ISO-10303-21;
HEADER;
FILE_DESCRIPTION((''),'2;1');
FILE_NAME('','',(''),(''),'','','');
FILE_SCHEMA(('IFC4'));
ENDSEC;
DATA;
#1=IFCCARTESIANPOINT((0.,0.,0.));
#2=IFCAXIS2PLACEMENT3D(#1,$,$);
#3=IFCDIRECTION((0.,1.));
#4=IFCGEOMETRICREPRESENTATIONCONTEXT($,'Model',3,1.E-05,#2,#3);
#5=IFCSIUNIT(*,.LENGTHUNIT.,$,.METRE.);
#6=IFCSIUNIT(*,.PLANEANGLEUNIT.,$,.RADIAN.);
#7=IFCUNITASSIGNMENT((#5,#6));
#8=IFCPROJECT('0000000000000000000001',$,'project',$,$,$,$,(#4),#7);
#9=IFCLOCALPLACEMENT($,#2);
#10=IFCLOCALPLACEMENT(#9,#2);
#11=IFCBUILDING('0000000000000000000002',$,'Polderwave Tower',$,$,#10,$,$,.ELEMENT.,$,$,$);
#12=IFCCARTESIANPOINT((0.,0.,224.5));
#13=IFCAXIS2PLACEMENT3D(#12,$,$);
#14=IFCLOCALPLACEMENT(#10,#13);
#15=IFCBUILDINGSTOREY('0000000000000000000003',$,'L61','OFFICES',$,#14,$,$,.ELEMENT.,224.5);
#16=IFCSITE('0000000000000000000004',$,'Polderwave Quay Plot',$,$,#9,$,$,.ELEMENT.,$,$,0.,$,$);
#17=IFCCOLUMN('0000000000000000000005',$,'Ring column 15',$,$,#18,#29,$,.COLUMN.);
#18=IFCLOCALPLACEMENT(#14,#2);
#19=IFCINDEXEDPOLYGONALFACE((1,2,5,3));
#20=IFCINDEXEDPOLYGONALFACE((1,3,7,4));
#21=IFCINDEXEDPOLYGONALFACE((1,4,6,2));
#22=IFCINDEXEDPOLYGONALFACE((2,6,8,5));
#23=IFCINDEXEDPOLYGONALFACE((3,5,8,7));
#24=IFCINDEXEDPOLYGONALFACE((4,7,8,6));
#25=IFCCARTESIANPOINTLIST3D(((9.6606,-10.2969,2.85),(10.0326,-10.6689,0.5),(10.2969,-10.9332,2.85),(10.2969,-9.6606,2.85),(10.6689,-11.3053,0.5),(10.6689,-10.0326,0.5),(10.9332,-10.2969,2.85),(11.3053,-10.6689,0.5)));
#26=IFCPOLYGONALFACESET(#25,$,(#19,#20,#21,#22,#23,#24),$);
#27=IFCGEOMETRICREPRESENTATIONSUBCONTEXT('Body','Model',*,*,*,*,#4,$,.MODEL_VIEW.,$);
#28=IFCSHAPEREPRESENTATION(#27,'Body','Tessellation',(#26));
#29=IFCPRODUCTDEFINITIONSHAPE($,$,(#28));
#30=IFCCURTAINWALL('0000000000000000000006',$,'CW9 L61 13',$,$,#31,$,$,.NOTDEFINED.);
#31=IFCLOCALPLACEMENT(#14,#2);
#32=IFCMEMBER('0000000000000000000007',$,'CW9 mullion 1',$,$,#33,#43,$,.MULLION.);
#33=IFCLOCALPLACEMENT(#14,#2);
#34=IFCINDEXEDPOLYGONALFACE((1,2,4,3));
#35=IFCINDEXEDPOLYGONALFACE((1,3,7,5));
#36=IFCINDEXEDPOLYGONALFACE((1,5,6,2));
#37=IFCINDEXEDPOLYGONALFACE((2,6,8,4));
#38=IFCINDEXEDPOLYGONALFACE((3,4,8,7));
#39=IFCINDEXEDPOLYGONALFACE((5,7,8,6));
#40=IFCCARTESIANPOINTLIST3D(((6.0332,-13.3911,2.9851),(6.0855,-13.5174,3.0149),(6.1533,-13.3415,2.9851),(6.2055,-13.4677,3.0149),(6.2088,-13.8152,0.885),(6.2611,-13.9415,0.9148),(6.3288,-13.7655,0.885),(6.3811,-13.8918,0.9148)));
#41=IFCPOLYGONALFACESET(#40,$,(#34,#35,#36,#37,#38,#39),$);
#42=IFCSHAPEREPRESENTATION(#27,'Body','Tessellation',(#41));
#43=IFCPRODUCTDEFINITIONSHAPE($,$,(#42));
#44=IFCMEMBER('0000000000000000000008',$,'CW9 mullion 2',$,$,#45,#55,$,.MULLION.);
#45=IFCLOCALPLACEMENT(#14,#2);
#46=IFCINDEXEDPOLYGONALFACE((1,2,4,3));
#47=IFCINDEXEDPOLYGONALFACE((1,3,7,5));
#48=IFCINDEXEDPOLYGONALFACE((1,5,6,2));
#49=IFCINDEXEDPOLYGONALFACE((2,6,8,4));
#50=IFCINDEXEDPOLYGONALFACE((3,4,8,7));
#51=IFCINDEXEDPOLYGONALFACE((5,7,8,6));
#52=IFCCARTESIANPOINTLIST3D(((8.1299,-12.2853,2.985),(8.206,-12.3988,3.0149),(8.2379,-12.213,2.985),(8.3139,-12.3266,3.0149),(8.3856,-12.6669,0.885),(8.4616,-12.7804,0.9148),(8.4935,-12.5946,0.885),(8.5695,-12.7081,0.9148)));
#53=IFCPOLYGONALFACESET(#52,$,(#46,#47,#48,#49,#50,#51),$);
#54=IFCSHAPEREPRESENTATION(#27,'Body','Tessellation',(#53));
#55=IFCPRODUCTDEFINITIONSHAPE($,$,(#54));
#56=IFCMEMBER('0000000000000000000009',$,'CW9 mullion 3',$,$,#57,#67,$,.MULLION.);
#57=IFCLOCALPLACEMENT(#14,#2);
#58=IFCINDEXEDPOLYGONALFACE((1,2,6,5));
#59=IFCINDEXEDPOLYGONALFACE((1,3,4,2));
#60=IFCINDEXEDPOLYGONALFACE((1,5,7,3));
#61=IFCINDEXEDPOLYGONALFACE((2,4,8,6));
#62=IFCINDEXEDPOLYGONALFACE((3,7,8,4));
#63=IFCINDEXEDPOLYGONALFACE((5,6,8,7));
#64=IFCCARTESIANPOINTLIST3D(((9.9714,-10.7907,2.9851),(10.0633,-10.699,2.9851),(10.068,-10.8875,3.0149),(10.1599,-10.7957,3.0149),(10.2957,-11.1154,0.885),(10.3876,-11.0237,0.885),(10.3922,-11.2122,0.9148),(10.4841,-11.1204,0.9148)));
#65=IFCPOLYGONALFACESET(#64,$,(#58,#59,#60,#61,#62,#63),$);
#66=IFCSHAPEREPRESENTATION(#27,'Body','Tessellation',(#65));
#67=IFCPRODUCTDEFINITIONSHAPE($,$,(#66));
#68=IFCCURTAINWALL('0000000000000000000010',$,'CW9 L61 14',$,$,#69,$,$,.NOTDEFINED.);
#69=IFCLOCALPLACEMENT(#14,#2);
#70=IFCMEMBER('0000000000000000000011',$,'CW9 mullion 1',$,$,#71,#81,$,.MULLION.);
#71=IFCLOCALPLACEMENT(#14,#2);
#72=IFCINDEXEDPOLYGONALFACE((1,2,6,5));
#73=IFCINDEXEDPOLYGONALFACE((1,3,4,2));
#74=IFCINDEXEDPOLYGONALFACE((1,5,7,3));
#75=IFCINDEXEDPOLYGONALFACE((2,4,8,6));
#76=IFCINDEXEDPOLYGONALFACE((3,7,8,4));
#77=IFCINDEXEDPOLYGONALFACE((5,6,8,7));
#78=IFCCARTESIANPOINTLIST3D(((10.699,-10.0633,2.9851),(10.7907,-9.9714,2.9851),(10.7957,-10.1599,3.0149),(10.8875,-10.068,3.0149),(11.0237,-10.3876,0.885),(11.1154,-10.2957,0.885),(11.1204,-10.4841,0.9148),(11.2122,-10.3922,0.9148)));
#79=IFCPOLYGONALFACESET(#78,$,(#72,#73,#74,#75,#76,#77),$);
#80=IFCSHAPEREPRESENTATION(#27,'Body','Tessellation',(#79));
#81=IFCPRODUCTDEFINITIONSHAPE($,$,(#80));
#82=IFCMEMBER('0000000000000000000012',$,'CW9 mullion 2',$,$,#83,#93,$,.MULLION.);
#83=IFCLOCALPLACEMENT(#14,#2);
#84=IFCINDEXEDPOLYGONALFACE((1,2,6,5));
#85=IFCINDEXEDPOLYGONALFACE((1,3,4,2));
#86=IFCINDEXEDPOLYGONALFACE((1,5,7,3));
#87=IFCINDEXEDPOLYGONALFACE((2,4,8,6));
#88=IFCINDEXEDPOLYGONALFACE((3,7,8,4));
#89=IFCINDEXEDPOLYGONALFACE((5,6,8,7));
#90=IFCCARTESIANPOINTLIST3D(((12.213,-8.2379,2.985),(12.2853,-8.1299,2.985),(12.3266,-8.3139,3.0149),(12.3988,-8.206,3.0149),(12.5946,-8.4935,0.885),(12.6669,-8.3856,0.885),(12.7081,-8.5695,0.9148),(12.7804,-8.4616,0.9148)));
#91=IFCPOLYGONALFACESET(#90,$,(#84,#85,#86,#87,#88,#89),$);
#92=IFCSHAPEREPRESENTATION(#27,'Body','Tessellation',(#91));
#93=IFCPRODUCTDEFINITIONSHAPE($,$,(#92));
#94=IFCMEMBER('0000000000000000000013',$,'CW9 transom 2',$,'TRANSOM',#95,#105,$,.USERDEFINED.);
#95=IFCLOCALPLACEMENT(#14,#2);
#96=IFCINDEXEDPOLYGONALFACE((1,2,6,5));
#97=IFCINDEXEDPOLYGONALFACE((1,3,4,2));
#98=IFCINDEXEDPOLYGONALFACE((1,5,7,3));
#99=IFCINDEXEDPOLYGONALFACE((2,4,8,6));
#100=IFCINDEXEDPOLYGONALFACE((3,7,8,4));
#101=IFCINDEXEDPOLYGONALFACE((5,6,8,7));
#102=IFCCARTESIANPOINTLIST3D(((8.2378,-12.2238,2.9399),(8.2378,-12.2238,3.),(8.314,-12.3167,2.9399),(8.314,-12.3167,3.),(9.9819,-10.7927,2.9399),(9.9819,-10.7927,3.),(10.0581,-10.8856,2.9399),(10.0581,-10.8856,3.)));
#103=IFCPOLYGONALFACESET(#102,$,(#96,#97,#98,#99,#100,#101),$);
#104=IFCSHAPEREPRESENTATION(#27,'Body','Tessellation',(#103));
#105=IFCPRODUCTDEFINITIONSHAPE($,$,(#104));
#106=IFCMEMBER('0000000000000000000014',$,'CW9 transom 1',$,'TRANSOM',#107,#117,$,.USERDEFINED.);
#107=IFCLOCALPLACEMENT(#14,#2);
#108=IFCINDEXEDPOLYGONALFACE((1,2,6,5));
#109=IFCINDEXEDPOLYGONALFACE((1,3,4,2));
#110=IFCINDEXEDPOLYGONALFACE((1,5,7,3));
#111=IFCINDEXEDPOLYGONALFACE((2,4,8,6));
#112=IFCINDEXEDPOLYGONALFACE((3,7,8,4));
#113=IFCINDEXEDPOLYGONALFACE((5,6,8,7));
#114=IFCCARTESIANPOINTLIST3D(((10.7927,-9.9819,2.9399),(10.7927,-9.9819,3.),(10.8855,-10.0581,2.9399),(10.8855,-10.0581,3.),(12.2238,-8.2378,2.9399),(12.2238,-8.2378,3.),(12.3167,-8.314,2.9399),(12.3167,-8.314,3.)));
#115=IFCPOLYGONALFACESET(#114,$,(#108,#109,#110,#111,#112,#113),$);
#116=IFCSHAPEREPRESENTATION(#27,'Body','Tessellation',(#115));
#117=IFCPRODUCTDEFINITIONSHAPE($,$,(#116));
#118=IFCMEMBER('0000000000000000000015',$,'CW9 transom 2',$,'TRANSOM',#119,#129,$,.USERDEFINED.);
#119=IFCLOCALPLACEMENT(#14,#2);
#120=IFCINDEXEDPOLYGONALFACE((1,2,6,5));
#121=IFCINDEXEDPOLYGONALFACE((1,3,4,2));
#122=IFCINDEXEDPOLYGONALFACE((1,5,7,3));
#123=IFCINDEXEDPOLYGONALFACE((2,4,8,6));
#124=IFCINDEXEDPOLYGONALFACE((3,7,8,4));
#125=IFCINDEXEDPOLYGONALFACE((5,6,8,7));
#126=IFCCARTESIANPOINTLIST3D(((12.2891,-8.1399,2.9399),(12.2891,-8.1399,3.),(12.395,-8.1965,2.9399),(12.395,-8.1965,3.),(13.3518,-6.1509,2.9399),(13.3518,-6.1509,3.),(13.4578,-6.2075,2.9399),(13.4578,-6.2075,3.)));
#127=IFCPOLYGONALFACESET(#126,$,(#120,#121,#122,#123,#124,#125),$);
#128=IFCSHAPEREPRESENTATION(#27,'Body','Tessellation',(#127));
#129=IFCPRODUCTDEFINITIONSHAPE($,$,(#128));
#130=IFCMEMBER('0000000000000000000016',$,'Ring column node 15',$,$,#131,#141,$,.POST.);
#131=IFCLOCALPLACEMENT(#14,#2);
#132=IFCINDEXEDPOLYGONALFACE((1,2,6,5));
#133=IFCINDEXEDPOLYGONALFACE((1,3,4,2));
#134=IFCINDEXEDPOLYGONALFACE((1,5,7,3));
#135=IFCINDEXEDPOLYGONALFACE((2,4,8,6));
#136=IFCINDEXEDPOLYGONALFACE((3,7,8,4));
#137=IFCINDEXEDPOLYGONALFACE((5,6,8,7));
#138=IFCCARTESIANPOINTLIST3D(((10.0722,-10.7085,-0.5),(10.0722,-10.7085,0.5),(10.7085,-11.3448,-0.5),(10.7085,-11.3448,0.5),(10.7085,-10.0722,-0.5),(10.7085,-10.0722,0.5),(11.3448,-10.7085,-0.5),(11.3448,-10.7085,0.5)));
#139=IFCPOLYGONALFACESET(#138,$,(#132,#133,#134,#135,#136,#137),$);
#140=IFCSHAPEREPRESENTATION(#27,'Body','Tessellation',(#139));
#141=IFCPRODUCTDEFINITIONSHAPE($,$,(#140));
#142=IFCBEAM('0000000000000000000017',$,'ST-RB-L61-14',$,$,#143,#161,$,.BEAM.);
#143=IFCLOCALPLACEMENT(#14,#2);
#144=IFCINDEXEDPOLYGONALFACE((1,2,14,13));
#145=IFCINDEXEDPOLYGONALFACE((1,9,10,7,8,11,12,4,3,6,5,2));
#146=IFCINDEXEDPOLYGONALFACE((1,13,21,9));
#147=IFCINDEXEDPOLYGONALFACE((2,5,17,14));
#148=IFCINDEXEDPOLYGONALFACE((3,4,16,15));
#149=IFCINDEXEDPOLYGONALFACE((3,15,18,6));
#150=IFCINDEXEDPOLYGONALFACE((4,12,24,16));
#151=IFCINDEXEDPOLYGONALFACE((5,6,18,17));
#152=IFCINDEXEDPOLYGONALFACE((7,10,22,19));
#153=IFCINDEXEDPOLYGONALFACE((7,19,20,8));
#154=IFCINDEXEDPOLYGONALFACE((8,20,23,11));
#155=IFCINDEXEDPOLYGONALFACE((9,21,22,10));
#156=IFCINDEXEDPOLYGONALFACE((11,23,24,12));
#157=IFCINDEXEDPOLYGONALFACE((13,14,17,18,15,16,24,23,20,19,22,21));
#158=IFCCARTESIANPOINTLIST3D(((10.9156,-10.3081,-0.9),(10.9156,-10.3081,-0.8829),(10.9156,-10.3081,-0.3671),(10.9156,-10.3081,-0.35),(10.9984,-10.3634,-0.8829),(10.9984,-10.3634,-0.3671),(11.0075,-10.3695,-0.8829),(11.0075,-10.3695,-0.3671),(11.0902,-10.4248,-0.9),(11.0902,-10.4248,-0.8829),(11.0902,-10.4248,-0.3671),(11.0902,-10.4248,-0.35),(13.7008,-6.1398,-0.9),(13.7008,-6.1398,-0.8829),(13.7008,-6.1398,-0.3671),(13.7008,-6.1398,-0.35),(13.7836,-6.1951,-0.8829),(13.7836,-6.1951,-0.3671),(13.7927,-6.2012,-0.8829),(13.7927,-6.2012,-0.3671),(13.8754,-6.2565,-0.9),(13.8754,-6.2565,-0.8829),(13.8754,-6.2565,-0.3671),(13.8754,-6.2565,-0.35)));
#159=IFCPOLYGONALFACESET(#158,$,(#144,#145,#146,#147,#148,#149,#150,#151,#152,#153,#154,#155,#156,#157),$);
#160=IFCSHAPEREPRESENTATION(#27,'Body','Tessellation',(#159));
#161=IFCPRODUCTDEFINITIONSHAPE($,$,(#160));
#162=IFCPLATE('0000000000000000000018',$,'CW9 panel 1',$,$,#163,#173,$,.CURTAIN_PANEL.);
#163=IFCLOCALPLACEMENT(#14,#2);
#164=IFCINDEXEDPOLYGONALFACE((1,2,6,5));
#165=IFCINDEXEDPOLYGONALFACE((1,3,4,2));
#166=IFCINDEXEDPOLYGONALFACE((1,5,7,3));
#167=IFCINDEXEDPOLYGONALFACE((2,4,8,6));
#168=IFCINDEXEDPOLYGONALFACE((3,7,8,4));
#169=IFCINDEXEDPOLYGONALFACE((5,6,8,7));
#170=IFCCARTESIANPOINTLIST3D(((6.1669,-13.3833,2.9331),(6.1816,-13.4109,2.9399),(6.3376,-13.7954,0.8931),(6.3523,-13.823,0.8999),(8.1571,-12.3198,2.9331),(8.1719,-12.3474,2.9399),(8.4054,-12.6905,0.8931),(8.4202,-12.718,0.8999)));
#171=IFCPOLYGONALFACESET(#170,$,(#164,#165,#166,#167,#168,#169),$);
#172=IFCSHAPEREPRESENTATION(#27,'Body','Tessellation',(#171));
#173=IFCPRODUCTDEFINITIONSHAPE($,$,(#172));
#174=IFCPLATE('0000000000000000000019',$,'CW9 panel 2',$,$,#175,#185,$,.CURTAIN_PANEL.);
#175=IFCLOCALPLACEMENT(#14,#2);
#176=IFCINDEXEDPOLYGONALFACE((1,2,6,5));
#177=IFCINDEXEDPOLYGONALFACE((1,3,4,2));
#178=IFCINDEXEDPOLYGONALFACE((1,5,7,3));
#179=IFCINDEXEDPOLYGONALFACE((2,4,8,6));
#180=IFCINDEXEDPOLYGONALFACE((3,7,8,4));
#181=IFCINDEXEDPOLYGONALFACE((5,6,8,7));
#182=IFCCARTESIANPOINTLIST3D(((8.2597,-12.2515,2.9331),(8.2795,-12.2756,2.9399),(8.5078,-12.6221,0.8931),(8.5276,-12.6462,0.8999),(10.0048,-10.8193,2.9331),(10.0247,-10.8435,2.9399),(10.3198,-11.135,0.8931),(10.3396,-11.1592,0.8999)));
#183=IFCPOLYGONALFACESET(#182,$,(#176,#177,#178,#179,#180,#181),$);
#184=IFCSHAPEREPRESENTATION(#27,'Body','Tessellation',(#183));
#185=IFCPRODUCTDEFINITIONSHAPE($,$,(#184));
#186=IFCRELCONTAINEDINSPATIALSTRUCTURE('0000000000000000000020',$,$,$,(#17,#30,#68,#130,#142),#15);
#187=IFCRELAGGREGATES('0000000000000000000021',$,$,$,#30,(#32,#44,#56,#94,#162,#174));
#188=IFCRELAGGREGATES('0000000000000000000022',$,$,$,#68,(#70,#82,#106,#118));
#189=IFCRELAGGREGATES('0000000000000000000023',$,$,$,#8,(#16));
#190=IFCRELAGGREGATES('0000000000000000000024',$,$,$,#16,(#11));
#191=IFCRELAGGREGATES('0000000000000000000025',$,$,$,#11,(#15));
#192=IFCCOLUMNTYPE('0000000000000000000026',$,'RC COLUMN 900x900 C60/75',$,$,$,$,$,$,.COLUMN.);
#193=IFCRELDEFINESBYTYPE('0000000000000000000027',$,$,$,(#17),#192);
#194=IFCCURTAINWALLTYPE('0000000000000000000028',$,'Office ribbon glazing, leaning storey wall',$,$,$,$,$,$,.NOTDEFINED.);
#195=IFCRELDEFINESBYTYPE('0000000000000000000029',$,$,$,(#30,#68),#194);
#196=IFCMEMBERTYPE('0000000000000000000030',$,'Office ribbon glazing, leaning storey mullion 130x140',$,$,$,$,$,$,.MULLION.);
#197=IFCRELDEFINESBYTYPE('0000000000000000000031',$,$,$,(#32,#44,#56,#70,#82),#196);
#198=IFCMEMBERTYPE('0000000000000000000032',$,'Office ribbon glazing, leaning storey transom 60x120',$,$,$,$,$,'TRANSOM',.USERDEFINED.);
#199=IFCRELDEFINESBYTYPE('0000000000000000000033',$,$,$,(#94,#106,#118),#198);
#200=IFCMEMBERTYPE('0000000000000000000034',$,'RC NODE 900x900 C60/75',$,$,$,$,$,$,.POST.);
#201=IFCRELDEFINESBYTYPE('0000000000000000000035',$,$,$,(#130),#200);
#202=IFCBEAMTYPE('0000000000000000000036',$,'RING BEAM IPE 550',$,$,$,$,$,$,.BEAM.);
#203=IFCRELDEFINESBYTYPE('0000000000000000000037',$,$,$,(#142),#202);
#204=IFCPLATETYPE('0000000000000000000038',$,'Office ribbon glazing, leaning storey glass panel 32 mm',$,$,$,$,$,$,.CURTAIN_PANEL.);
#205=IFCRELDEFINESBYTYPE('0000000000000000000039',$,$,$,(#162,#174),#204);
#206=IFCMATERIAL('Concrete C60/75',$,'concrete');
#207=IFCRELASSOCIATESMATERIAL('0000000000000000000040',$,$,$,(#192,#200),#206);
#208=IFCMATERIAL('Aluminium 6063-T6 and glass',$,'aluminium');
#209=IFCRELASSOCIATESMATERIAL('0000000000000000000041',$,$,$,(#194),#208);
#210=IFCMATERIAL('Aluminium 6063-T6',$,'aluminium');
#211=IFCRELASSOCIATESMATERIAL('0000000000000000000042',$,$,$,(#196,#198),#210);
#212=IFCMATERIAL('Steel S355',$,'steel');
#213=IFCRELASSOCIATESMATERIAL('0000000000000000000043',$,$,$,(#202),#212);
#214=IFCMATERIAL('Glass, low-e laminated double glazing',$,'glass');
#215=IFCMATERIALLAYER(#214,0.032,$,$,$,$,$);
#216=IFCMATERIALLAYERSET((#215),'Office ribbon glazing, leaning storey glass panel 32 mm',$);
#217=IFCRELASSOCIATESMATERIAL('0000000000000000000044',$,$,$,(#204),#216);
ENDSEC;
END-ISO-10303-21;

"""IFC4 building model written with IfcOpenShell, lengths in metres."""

from ifc_helpers import new_model, si_unit, direction, frame, origin, origin_2d, place, context, subcontext, project, spatial, polyline, rectangle, i_section, outline, extrude, material, layer, layer_set, material_profile, profile_set, type_object, element, aggregate, save


model = new_model("IFC4")

# Units and contexts
model_context = context("Model", 3, precision=1e-05, world=origin(), true_north=direction((0.0, 1.0)))
body_context = subcontext(model_context, "Body", "Model", "MODEL_VIEW")
ifc_project = project(units=[si_unit("LENGTHUNIT", "METRE"), si_unit("PLANEANGLEUNIT", "RADIAN")], contexts=[model_context])

# Site, building, storey
site_placement = place(None, origin())
site = spatial("IfcSite", under=ifc_project, at=site_placement, Name="Polderwave Quay Plot", CompositionType="ELEMENT", RefElevation=0.0)
building_placement = place(site_placement, origin())
building = spatial("IfcBuilding", under=site, at=building_placement, Name="Polderwave Tower", CompositionType="ELEMENT")
storey_placement = place(building_placement, frame((0.0, 0.0, 224.5)))
storey = spatial("IfcBuildingStorey", under=building, at=storey_placement, Name="L61", Description="OFFICES", CompositionType="ELEMENT", Elevation=224.5)

# Column
ifc_material_1 = material(Name="Concrete C60/75", Category="concrete")
ifc_material_profile_1 = material_profile(ifc_material_1, rectangle(XDim=0.8999, YDim=0.8999, at=origin_2d()), Name="RC 900x900")
ifc_profile_set_1 = profile_set([ifc_material_profile_1], Name="Concrete C60/75")
column_type = type_object("IfcColumnType", Name="RC COLUMN 900x900 C60/75", PredefinedType="COLUMN", material=ifc_profile_set_1)
column_placement = place(storey_placement, frame((10.6689, -10.6689, 0.5), z_axis=(0.0, 0.0, 1.0), x_axis=(-0.707107, -0.707107, 0.0)))
element("IfcColumn", 1, at=column_placement, inside=storey, type_object=column_type, Name="Ring column 15", PredefinedType="COLUMN", context=body_context, shape_type="SweptSolid", body=[
    extrude(rectangle(XDim=0.8999, YDim=0.8999, at=origin_2d()), origin(), (0.0, -0.21849, 0.975839), 2.4082),
])

# Curtain walls, members
ifc_material_2 = material(Name="Aluminium 6063-T6 and glass", Category="aluminium")
curtain_wall_type = type_object("IfcCurtainWallType", Name="Office ribbon glazing, leaning storey wall", PredefinedType="NOTDEFINED", material=ifc_material_2)
curtain_wall_1_placement = place(storey_placement, origin())
curtain_wall_1 = element("IfcCurtainWall", 2, at=curtain_wall_1_placement, inside=storey, type_object=curtain_wall_type, Name="CW9 L61 13", PredefinedType="NOTDEFINED")
ifc_material_3 = material(Name="Aluminium 6063-T6", Category="aluminium")
ifc_material_profile_2 = material_profile(ifc_material_3, rectangle(XDim=0.1299, YDim=0.1399, at=origin_2d()), Name="AL 130x140")
ifc_profile_set_2 = profile_set([ifc_material_profile_2], Name="Aluminium 6063-T6")
member_type_1 = type_object("IfcMemberType", Name="Office ribbon glazing, leaning storey mullion 130x140", PredefinedType="MULLION", material=ifc_profile_set_2)
member_1_placement = place(storey_placement, frame((6.2949, -13.8535, 0.8999), z_axis=(-0.081658, 0.197274, 0.976942), x_axis=(-0.923971, -0.382461, 0.0)))
member_1 = element("IfcMember", 3, at=member_1_placement, type_object=member_type_1, Name="CW9 mullion 1", PredefinedType="MULLION", context=body_context, shape_type="SweptSolid", body=[
    extrude(rectangle(XDim=0.1299, YDim=0.1399, at=origin_2d()), origin(), (0.0, 0.0, 1.0), 2.1497),
])
member_2_placement = place(storey_placement, frame((8.4775, -12.6875, 0.8999), z_axis=(-0.118905, 0.177506, 0.97691), x_axis=(-0.830822, -0.556539, 0.0)))
member_2 = element("IfcMember", 4, at=member_2_placement, type_object=member_type_1, Name="CW9 mullion 2", PredefinedType="MULLION", context=body_context, shape_type="SweptSolid", body=[
    extrude(rectangle(XDim=0.1299, YDim=0.1399, at=origin_2d()), origin(), (0.0, 0.0, 1.0), 2.1497),
])
member_3_placement = place(storey_placement, frame((10.3899, -11.1179, 0.8999), z_axis=(-0.150825, 0.151052, 0.976952), x_axis=(-0.707639, -0.706575, 0.0)))
member_3 = element("IfcMember", 5, at=member_3_placement, type_object=member_type_1, Name="CW9 mullion 3", PredefinedType="MULLION", context=body_context, shape_type="SweptSolid", body=[
    extrude(rectangle(XDim=0.1299, YDim=0.1399, at=origin_2d()), origin(), (0.0, 0.0, 1.0), 2.1497),
])
curtain_wall_2_placement = place(storey_placement, origin())
curtain_wall_2 = element("IfcCurtainWall", 6, at=curtain_wall_2_placement, inside=storey, type_object=curtain_wall_type, Name="CW9 L61 14", PredefinedType="NOTDEFINED")
member_4_placement = place(storey_placement, frame((11.1179, -10.3899, 0.8999), z_axis=(-0.151052, 0.150825, 0.976952), x_axis=(-0.706575, -0.707639, 0.0)))
member_4 = element("IfcMember", 7, at=member_4_placement, type_object=member_type_1, Name="CW9 mullion 1", PredefinedType="MULLION", context=body_context, shape_type="SweptSolid", body=[
    extrude(rectangle(XDim=0.1299, YDim=0.1399, at=origin_2d()), origin(), (0.0, 0.0, 1.0), 2.1497),
])
member_5_placement = place(storey_placement, frame((12.6875, -8.4775, 0.8999), z_axis=(-0.177506, 0.118905, 0.97691), x_axis=(-0.556539, -0.830822, 0.0)))
member_5 = element("IfcMember", 8, at=member_5_placement, type_object=member_type_1, Name="CW9 mullion 2", PredefinedType="MULLION", context=body_context, shape_type="SweptSolid", body=[
    extrude(rectangle(XDim=0.1299, YDim=0.1399, at=origin_2d()), origin(), (0.0, 0.0, 1.0), 2.1497),
])

# Members
ifc_material_profile_3 = material_profile(ifc_material_3, rectangle(XDim=0.1201, YDim=0.0601, at=origin_2d()), Name="AL 60x120")
ifc_profile_set_3 = profile_set([ifc_material_profile_3], Name="Aluminium 6063-T6")
member_type_2 = type_object("IfcMemberType", Name="Office ribbon glazing, leaning storey transom 60x120", ElementType="TRANSOM", PredefinedType="USERDEFINED", material=ifc_profile_set_3)
member_6_placement = place(storey_placement, frame((8.2759, -12.2703, 2.97), z_axis=(0.77306, 0.634333, 0.0), x_axis=(-0.634333, 0.77306, 0.0)))
member_6 = element("IfcMember", 9, at=member_6_placement, type_object=member_type_2, Name="CW9 transom 2", ObjectType="TRANSOM", PredefinedType="USERDEFINED", context=body_context, shape_type="SweptSolid", body=[
    extrude(rectangle(XDim=0.1201, YDim=0.0601, at=origin_2d()), origin(), (0.0, 0.0, 1.0), 2.2561),
])
member_7_placement = place(storey_placement, frame((10.8391, -10.02, 2.97), z_axis=(0.634333, 0.77306, 0.0), x_axis=(-0.77306, 0.634333, 0.0)))
member_7 = element("IfcMember", 10, at=member_7_placement, type_object=member_type_2, Name="CW9 transom 1", ObjectType="TRANSOM", PredefinedType="USERDEFINED", context=body_context, shape_type="SweptSolid", body=[
    extrude(rectangle(XDim=0.1201, YDim=0.0601, at=origin_2d()), origin(), (0.0, 0.0, 1.0), 2.2561),
])
member_8_placement = place(storey_placement, frame((12.342, -8.1682, 2.97), z_axis=(0.471257, 0.881996, 0.0), x_axis=(-0.881996, 0.471257, 0.0)))
member_8 = element("IfcMember", 11, at=member_8_placement, type_object=member_type_2, Name="CW9 transom 2", ObjectType="TRANSOM", PredefinedType="USERDEFINED", context=body_context, shape_type="SweptSolid", body=[
    extrude(rectangle(XDim=0.1201, YDim=0.0601, at=origin_2d()), origin(), (0.0, 0.0, 1.0), 2.2551),
])
ifc_material_profile_4 = material_profile(ifc_material_1, rectangle(XDim=0.8999, YDim=0.8999, at=origin_2d()), Name="RC 900x900")
ifc_profile_set_4 = profile_set([ifc_material_profile_4], Name="Concrete C60/75")
member_type_3 = type_object("IfcMemberType", Name="RC NODE 900x900 C60/75", PredefinedType="POST", material=ifc_profile_set_4)
member_9_placement = place(storey_placement, frame((10.7085, -10.7085, -0.5), z_axis=(0.0, 0.0, 1.0), x_axis=(0.707107, -0.707107, 0.0)))
element("IfcMember", 12, at=member_9_placement, inside=storey, type_object=member_type_3, Name="Ring column node 15", PredefinedType="POST", context=body_context, shape_type="SweptSolid", body=[
    extrude(rectangle(XDim=0.8999, YDim=0.8999, at=origin_2d()), origin(), (0.0, 0.0, 1.0), 1.0),
])

# Beam
ifc_material_4 = material(Name="Steel S355", Category="steel")
ifc_material_profile_5 = material_profile(ifc_material_4, i_section(OverallWidth=0.21, OverallDepth=0.55, WebThickness=0.011, FlangeThickness=0.0171, at=origin_2d()), Name="IPE 550")
ifc_profile_set_5 = profile_set([ifc_material_profile_5], Name="Steel S355")
beam_type = type_object("IfcBeamType", Name="RING BEAM IPE 550", PredefinedType="BEAM", material=ifc_profile_set_5)
beam_placement = place(storey_placement, frame((11.0029, -10.3665, -0.625), z_axis=(0.555576, 0.831465, 0.0), x_axis=(-0.831465, 0.555576, 0.0)))
element("IfcBeam", 13, at=beam_placement, inside=storey, type_object=beam_type, Name="ST-RB-L61-14", PredefinedType="BEAM", context=body_context, shape_type="SweptSolid", body=[
    extrude(i_section(OverallWidth=0.21, OverallDepth=0.55, WebThickness=0.011, FlangeThickness=0.0171, at=origin_2d()), origin(), (0.0, 0.0, 1.0), 5.0132),
])

# Plates
ifc_material_5 = material(Name="Glass, low-e laminated double glazing", Category="glass")
ifc_layer_1 = layer(ifc_material_5, 0.032)
ifc_layer_set_1 = layer_set([ifc_layer_1], Name="Office ribbon glazing, leaning storey glass panel 32 mm")
plate_type = type_object("IfcPlateType", Name="Office ribbon glazing, leaning storey glass panel 32 mm", PredefinedType="CURTAIN_PANEL", material=ifc_layer_set_1)
plate_1_placement = place(storey_placement, frame((6.3523, -13.823, 0.8999), z_axis=(0.460512, -0.861814, 0.212615), x_axis=(0.88198, 0.471288, 0.000001)))
plate_1 = element("IfcPlate", 14, at=plate_1_placement, type_object=plate_type, Name="CW9 panel 1", PredefinedType="CURTAIN_PANEL", context=body_context, shape_type="SweptSolid", body=[
    extrude(outline(polyline([(0.0, 0.0), (2.3446, 0.0), (2.3003, 2.0878), (0.0437, 2.0878), (0.0, 0.0)])), origin(), (0.0, 0.0, -1.0), 0.032),
])
plate_2_placement = place(storey_placement, frame((8.5276, -12.6462, 0.8999), z_axis=(0.619884, -0.755349, 0.212586), x_axis=(0.773018, 0.634384, 0.000001)))
plate_2 = element("IfcPlate", 15, at=plate_2_placement, type_object=plate_type, Name="CW9 panel 2", PredefinedType="CURTAIN_PANEL", context=body_context, shape_type="SweptSolid", body=[
    extrude(outline(polyline([(0.0, 0.0), (2.3441, 0.0), (2.3009, 2.0878), (0.0434, 2.0878), (0.0, 0.0)])), origin(), (0.0, 0.0, -1.0), 0.032),
])
aggregate(curtain_wall_1, [member_1, member_2, member_3, member_6, plate_1, plate_2])
aggregate(curtain_wall_2, [member_4, member_5, member_7, member_8])

save(model, "model.ifc")
